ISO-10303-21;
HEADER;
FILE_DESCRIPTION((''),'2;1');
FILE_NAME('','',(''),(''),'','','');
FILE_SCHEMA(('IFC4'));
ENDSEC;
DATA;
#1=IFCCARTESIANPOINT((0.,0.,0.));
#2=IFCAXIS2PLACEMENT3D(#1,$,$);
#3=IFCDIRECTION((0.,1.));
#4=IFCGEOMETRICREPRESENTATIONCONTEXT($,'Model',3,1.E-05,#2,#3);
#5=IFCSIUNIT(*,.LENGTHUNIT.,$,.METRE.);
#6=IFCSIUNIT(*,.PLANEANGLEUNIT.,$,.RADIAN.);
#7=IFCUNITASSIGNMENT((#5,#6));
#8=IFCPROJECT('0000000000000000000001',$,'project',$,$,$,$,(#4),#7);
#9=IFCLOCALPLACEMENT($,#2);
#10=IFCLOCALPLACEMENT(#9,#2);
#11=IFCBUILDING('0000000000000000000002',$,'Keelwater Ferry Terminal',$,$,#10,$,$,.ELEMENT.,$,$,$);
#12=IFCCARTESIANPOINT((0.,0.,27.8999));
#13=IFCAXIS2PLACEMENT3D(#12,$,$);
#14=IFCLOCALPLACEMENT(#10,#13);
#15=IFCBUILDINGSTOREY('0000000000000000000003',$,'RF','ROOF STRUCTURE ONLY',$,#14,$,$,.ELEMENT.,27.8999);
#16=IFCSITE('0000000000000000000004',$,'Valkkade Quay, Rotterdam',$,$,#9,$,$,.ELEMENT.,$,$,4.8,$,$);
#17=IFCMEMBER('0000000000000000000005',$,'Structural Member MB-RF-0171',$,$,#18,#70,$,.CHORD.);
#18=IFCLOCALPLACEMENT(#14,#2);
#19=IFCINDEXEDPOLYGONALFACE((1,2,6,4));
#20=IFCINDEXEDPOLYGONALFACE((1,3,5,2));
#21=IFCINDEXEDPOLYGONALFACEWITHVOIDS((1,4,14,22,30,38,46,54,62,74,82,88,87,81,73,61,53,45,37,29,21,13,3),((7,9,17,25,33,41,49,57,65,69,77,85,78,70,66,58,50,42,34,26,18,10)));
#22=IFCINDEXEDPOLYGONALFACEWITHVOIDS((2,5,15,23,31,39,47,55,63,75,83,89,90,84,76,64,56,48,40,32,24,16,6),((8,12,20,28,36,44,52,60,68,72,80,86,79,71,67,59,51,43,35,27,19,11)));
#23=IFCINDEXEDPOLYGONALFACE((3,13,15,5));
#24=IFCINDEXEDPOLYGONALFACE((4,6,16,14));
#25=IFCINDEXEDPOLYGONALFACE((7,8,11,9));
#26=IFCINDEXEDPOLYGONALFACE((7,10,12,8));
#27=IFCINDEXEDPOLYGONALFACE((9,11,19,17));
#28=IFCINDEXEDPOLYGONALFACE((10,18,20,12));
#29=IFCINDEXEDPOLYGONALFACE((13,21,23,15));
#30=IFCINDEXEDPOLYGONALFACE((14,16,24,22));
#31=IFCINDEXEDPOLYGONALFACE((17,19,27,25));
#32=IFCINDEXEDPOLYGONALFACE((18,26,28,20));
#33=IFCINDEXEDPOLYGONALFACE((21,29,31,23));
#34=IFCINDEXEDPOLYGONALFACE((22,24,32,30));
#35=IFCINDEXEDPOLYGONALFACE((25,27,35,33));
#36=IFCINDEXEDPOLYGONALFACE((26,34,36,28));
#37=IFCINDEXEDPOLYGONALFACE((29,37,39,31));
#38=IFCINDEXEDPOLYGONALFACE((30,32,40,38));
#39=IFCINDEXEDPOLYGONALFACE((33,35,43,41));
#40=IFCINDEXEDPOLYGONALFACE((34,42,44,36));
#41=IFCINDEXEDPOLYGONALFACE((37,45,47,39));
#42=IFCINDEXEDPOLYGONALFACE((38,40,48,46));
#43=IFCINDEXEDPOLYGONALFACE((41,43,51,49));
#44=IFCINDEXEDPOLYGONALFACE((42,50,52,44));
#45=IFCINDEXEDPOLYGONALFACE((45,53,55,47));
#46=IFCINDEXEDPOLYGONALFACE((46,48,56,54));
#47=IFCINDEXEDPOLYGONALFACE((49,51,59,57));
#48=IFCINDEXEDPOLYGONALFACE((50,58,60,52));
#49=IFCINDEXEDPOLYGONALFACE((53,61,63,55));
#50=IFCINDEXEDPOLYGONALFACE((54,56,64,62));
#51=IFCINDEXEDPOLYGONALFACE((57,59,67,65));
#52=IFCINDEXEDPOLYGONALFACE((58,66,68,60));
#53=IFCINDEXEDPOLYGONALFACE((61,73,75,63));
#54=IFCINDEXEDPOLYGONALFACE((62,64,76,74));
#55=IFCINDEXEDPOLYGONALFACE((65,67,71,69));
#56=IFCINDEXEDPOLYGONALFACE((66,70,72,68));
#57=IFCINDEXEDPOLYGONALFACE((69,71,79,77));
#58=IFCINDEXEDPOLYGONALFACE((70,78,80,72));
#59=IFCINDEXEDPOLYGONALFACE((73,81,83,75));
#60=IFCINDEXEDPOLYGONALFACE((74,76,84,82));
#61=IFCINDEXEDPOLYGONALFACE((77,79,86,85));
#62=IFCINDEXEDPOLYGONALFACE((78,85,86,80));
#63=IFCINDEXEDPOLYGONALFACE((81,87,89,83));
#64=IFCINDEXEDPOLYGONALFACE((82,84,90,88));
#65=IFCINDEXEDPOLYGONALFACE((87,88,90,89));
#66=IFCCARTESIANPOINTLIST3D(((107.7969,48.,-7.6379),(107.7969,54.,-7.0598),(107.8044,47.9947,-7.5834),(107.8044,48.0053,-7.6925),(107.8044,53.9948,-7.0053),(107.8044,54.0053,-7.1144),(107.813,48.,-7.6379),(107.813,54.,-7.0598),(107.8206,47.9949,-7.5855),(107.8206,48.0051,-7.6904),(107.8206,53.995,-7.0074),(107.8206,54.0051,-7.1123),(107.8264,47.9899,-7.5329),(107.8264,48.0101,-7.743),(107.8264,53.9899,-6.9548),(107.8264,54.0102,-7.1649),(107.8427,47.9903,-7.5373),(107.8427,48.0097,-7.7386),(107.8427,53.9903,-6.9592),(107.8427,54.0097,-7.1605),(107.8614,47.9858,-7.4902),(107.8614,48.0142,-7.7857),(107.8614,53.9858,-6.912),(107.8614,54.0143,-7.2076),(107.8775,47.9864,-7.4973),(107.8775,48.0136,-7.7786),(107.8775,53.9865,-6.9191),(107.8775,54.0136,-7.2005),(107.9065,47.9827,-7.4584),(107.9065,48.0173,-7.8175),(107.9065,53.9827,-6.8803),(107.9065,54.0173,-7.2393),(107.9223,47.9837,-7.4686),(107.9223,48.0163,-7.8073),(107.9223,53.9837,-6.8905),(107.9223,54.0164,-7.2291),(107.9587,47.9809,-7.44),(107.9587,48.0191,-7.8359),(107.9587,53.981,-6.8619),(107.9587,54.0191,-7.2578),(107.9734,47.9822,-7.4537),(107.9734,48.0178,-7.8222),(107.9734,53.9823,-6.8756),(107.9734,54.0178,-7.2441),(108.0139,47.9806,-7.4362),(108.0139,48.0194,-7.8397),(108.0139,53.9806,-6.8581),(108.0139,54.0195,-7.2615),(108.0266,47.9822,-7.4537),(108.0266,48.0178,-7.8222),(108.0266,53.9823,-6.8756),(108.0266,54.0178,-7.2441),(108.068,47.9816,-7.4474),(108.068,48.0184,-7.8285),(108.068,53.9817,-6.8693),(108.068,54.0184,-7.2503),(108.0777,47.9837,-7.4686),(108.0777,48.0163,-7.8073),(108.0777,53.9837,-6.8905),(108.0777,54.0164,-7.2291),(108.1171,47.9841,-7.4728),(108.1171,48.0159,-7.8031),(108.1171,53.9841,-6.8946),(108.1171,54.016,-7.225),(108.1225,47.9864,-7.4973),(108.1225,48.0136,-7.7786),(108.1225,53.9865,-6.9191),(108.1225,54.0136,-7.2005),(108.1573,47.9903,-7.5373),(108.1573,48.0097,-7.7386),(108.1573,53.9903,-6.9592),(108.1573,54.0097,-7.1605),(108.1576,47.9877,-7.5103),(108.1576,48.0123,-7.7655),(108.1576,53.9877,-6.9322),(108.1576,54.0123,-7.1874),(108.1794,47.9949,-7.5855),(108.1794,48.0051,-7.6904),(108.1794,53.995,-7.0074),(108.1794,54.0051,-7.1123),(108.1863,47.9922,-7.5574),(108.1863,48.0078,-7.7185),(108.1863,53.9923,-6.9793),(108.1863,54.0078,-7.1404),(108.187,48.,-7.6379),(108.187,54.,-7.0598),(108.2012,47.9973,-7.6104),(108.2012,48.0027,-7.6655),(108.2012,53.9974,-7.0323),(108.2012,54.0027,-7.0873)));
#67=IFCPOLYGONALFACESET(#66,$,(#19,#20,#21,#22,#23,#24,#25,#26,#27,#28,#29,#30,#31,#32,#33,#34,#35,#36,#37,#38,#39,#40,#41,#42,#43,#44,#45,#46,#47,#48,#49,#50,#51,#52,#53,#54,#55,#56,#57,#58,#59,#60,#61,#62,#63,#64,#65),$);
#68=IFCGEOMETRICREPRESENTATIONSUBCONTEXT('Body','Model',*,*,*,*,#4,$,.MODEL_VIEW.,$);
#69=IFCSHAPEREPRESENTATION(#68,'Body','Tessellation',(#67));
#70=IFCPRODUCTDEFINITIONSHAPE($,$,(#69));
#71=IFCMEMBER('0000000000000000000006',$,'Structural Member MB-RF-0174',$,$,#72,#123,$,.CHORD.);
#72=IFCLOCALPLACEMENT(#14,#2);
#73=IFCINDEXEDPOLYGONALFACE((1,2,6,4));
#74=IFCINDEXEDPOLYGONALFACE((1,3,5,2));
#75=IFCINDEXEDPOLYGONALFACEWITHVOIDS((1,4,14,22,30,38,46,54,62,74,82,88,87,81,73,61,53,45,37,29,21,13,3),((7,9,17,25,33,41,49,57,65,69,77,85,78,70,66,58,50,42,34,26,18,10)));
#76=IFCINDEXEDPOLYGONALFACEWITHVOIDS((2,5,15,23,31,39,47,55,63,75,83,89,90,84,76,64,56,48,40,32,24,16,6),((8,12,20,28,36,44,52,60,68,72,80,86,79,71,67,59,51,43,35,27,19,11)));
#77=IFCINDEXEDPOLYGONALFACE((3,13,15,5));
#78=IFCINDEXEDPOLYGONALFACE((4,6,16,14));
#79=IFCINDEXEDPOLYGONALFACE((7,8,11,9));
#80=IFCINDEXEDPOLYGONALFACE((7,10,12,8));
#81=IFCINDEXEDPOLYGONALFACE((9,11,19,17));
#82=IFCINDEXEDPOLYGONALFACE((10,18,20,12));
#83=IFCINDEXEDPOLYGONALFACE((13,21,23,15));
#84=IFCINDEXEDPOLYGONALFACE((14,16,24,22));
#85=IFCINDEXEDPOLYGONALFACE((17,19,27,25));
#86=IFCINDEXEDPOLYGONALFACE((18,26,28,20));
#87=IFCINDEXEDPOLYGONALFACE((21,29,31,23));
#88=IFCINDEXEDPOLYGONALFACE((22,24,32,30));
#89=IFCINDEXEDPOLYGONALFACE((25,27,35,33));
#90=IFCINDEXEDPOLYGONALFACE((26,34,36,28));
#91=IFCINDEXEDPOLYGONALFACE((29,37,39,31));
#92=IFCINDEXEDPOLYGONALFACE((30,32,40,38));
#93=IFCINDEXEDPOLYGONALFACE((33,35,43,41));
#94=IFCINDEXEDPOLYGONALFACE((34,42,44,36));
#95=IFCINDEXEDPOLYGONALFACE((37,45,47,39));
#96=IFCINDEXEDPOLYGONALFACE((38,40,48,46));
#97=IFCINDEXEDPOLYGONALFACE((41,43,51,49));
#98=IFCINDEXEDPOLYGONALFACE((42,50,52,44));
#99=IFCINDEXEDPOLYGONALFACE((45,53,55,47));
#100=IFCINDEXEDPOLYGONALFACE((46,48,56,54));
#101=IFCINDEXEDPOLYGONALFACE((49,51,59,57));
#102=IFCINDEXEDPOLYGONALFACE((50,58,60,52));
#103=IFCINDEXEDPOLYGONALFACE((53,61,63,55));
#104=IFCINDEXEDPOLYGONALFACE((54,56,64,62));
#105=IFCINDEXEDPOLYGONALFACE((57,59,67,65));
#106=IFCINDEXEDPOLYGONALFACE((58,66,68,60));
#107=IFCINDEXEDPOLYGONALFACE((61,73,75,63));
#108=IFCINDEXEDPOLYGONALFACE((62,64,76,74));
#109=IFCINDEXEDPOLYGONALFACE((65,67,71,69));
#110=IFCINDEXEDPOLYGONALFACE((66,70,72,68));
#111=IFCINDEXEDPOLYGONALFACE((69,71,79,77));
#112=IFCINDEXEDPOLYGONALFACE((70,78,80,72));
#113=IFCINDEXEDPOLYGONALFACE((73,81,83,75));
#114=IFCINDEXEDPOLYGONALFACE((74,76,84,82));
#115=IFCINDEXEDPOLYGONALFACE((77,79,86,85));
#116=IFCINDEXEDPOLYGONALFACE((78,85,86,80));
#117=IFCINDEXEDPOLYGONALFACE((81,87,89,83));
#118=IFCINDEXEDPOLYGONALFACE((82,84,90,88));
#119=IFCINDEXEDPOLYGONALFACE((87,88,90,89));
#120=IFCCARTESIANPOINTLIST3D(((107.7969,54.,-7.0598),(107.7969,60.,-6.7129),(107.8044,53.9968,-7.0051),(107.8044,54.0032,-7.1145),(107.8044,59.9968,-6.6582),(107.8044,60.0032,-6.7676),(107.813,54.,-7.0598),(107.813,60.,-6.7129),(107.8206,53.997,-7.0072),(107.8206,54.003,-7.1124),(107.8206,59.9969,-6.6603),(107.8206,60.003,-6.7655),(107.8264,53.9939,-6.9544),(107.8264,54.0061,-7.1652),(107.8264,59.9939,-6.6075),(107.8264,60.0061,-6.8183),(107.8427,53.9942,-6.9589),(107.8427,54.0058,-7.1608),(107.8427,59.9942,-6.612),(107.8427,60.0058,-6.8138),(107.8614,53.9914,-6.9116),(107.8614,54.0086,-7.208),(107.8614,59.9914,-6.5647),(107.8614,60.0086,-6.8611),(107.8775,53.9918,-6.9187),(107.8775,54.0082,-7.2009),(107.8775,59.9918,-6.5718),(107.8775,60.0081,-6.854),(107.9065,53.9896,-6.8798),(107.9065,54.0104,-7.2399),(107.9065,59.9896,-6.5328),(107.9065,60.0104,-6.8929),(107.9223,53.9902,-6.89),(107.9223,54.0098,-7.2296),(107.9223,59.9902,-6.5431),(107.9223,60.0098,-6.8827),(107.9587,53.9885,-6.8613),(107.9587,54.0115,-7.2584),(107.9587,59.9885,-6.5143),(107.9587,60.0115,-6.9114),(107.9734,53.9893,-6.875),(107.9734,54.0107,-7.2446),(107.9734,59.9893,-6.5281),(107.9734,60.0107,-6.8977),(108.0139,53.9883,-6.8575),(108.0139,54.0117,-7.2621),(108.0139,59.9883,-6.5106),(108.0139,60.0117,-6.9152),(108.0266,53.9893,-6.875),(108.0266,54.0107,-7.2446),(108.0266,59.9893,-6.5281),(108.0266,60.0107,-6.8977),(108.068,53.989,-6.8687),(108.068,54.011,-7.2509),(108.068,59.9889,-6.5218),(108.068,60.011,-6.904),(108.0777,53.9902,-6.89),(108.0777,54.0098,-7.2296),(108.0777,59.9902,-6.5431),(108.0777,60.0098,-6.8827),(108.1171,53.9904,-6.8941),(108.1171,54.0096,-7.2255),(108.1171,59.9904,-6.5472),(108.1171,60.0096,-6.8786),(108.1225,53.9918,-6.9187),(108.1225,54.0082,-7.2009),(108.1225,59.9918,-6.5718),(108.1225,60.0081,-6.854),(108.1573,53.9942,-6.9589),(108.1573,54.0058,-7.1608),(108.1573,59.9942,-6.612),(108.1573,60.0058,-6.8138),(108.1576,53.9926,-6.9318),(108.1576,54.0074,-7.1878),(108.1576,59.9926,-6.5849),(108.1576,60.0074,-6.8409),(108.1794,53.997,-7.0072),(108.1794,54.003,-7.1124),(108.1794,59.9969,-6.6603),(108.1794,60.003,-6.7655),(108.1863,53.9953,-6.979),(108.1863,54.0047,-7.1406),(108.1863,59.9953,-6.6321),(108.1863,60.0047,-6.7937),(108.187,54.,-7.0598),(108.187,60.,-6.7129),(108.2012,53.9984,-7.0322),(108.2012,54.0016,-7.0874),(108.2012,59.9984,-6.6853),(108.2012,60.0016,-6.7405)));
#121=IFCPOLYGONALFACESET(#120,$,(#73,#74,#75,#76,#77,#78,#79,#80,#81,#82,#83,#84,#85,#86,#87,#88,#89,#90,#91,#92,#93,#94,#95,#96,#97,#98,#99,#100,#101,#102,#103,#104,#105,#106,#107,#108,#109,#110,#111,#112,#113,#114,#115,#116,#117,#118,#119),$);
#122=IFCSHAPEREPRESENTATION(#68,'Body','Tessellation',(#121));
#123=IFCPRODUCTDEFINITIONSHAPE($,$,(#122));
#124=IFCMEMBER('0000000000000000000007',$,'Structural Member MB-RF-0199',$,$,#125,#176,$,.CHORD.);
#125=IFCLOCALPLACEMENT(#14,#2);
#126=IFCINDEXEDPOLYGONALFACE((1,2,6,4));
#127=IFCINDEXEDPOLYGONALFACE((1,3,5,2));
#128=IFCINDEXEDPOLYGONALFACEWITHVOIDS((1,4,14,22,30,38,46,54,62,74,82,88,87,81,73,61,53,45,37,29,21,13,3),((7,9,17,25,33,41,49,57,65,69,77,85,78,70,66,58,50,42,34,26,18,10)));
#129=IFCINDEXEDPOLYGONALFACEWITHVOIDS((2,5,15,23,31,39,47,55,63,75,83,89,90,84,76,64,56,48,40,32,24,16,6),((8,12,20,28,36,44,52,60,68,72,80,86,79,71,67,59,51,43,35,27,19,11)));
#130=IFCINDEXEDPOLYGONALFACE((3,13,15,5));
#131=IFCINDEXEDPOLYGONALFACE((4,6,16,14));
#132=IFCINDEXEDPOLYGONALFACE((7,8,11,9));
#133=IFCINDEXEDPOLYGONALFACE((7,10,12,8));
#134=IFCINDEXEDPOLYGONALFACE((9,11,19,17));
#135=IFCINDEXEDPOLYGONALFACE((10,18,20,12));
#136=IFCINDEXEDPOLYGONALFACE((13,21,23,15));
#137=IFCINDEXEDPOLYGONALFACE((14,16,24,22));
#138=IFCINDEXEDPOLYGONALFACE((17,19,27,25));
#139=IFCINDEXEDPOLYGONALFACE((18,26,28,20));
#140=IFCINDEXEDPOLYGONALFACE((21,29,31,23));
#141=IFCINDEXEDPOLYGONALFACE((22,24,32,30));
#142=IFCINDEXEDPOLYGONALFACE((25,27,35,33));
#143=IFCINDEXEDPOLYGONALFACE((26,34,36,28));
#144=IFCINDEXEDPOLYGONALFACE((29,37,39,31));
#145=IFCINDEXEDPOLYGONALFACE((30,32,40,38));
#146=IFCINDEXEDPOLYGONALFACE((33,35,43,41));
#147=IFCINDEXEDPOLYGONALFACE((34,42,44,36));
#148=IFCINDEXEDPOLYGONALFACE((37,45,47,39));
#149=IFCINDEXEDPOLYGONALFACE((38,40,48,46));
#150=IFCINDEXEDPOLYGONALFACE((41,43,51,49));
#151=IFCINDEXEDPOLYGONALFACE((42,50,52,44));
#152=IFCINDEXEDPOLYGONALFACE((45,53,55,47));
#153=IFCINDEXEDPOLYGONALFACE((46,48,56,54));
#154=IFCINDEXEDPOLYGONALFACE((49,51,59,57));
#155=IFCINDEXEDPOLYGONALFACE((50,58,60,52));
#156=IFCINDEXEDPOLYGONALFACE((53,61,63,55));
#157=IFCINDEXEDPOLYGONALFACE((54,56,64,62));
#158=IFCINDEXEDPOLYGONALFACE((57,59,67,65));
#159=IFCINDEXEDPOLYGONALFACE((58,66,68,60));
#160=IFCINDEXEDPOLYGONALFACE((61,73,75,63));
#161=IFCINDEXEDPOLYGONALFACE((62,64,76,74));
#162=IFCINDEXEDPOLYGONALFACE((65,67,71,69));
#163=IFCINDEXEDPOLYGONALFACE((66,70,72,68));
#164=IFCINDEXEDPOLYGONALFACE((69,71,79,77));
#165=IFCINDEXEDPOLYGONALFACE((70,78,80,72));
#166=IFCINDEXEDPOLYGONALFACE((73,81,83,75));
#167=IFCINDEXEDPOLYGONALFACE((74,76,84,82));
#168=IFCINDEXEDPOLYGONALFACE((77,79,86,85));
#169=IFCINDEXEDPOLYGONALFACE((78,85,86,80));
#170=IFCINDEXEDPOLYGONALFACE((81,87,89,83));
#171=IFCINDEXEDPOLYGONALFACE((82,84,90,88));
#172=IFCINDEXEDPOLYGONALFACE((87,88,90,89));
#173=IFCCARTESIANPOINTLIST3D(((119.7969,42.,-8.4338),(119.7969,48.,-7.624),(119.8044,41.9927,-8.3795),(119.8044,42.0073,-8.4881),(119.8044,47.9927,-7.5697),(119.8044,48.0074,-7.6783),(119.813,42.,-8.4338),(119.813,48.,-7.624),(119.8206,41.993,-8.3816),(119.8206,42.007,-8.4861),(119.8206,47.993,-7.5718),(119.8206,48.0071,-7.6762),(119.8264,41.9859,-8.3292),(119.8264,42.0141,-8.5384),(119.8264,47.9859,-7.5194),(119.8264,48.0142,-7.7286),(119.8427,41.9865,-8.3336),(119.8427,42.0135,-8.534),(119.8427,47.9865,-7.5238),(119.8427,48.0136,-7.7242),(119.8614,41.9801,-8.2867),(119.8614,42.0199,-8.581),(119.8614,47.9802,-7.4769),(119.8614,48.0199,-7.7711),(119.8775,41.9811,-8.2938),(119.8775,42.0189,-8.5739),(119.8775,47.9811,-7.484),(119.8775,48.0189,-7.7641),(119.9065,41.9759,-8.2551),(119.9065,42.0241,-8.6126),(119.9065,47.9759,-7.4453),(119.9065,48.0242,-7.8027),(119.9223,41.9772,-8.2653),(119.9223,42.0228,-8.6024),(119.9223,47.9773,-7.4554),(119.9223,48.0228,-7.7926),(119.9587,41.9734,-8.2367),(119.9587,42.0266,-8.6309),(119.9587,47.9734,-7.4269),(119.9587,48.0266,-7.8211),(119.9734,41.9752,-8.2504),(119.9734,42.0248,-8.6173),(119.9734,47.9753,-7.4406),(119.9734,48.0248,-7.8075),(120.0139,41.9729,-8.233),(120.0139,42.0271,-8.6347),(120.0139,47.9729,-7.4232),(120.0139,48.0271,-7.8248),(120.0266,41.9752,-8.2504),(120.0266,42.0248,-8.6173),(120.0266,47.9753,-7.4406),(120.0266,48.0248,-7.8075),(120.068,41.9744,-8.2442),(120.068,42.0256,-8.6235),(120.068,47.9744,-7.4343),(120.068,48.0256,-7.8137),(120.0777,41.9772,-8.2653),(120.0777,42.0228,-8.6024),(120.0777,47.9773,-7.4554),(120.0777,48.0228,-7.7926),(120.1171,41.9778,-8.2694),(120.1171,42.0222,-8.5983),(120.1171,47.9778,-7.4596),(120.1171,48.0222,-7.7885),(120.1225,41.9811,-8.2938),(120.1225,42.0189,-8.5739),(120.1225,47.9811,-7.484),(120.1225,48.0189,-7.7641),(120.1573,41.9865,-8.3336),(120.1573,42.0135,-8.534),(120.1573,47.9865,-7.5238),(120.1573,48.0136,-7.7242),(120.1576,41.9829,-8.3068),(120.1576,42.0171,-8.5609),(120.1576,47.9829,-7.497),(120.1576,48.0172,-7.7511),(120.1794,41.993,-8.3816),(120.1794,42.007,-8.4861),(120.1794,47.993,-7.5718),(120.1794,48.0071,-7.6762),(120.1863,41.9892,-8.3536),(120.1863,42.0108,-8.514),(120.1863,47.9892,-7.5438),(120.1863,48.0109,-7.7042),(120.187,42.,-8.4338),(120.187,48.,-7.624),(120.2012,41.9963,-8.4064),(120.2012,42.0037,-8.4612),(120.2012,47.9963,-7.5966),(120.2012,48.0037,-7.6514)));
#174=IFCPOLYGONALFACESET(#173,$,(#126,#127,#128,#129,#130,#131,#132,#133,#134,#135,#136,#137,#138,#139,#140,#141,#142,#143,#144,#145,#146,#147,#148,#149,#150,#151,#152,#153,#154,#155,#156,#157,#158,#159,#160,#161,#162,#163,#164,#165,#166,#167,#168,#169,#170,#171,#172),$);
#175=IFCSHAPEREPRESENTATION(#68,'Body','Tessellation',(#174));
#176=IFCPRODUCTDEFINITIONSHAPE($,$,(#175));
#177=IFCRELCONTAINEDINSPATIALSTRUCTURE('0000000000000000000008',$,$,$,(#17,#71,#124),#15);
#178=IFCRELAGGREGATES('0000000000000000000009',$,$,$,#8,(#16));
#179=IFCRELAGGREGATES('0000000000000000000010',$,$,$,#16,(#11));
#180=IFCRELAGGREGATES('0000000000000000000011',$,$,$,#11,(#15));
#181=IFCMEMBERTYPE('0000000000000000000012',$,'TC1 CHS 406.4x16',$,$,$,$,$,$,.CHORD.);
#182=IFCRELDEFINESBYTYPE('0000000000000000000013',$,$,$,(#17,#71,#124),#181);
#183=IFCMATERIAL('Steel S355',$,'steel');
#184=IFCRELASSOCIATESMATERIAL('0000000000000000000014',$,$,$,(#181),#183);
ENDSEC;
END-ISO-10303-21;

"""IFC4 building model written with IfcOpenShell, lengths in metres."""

from ifc_helpers import new_model, si_unit, direction, frame, origin, origin_2d, place, context, subcontext, project, spatial, hollow_circle, extrude, material, material_profile, profile_set, type_object, element, save


model = new_model("IFC4")

# Units and contexts
model_context = context("Model", 3, precision=1e-05, world=origin(), true_north=direction((0.0, 1.0)))
body_context = subcontext(model_context, "Body", "Model", "MODEL_VIEW")
ifc_project = project(units=[si_unit("LENGTHUNIT", "METRE"), si_unit("PLANEANGLEUNIT", "RADIAN")], contexts=[model_context])

# Site, building, storey
site_placement = place(None, origin())
site = spatial("IfcSite", under=ifc_project, at=site_placement, Name="Valkkade Quay, Rotterdam", CompositionType="ELEMENT", RefElevation=4.8)
building_placement = place(site_placement, origin())
building = spatial("IfcBuilding", under=site, at=building_placement, Name="Keelwater Ferry Terminal", CompositionType="ELEMENT")
storey_placement = place(building_placement, frame((0.0, 0.0, 27.8999)))
storey = spatial("IfcBuildingStorey", under=building, at=storey_placement, Name="RF", Description="ROOF STRUCTURE ONLY", CompositionType="ELEMENT", Elevation=27.8999)

# Members
ifc_material_1 = material(Name="Steel S355", Category="steel")
ifc_material_profile_1 = material_profile(ifc_material_1, hollow_circle(Radius=0.2031, WallThickness=0.0161, at=origin_2d()), Name="CHS 406.4x16")
ifc_profile_set_1 = profile_set([ifc_material_profile_1], Name="Steel S355")
member_type_1 = type_object("IfcMemberType", Name="TC1 CHS 406.4x16", PredefinedType="CHORD", material=ifc_profile_set_1)
member_1_placement = place(storey_placement, frame((108.0, 48.0, -7.6379), z_axis=(0.0, 0.99539, 0.09591), x_axis=(-1.0, 0.0, 0.0)))
element("IfcMember", 1, at=member_1_placement, inside=storey, type_object=member_type_1, Name="Structural Member MB-RF-0171", PredefinedType="CHORD", context=body_context, shape_type="SweptSolid", body=[
    extrude(hollow_circle(Radius=0.2031, WallThickness=0.0161, at=origin_2d()), origin(), (0.0, 0.0, 1.0), 6.0278),
])
member_2_placement = place(storey_placement, frame((108.0, 54.0, -7.0598), z_axis=(0.0, 0.998333, 0.057724), x_axis=(-1.0, 0.0, 0.0)))
element("IfcMember", 2, at=member_2_placement, inside=storey, type_object=member_type_1, Name="Structural Member MB-RF-0174", PredefinedType="CHORD", context=body_context, shape_type="SweptSolid", body=[
    extrude(hollow_circle(Radius=0.2031, WallThickness=0.0161, at=origin_2d()), origin(), (0.0, 0.0, 1.0), 6.01),
])
member_3_placement = place(storey_placement, frame((120.0, 42.0, -8.4338), z_axis=(0.0, 0.991014, 0.133756), x_axis=(-1.0, 0.0, 0.0)))
element("IfcMember", 3, at=member_3_placement, inside=storey, type_object=member_type_1, Name="Structural Member MB-RF-0199", PredefinedType="CHORD", context=body_context, shape_type="SweptSolid", body=[
    extrude(hollow_circle(Radius=0.2031, WallThickness=0.0161, at=origin_2d()), origin(), (0.0, 0.0, 1.0), 6.0544),
])

save(model, "model.ifc")
